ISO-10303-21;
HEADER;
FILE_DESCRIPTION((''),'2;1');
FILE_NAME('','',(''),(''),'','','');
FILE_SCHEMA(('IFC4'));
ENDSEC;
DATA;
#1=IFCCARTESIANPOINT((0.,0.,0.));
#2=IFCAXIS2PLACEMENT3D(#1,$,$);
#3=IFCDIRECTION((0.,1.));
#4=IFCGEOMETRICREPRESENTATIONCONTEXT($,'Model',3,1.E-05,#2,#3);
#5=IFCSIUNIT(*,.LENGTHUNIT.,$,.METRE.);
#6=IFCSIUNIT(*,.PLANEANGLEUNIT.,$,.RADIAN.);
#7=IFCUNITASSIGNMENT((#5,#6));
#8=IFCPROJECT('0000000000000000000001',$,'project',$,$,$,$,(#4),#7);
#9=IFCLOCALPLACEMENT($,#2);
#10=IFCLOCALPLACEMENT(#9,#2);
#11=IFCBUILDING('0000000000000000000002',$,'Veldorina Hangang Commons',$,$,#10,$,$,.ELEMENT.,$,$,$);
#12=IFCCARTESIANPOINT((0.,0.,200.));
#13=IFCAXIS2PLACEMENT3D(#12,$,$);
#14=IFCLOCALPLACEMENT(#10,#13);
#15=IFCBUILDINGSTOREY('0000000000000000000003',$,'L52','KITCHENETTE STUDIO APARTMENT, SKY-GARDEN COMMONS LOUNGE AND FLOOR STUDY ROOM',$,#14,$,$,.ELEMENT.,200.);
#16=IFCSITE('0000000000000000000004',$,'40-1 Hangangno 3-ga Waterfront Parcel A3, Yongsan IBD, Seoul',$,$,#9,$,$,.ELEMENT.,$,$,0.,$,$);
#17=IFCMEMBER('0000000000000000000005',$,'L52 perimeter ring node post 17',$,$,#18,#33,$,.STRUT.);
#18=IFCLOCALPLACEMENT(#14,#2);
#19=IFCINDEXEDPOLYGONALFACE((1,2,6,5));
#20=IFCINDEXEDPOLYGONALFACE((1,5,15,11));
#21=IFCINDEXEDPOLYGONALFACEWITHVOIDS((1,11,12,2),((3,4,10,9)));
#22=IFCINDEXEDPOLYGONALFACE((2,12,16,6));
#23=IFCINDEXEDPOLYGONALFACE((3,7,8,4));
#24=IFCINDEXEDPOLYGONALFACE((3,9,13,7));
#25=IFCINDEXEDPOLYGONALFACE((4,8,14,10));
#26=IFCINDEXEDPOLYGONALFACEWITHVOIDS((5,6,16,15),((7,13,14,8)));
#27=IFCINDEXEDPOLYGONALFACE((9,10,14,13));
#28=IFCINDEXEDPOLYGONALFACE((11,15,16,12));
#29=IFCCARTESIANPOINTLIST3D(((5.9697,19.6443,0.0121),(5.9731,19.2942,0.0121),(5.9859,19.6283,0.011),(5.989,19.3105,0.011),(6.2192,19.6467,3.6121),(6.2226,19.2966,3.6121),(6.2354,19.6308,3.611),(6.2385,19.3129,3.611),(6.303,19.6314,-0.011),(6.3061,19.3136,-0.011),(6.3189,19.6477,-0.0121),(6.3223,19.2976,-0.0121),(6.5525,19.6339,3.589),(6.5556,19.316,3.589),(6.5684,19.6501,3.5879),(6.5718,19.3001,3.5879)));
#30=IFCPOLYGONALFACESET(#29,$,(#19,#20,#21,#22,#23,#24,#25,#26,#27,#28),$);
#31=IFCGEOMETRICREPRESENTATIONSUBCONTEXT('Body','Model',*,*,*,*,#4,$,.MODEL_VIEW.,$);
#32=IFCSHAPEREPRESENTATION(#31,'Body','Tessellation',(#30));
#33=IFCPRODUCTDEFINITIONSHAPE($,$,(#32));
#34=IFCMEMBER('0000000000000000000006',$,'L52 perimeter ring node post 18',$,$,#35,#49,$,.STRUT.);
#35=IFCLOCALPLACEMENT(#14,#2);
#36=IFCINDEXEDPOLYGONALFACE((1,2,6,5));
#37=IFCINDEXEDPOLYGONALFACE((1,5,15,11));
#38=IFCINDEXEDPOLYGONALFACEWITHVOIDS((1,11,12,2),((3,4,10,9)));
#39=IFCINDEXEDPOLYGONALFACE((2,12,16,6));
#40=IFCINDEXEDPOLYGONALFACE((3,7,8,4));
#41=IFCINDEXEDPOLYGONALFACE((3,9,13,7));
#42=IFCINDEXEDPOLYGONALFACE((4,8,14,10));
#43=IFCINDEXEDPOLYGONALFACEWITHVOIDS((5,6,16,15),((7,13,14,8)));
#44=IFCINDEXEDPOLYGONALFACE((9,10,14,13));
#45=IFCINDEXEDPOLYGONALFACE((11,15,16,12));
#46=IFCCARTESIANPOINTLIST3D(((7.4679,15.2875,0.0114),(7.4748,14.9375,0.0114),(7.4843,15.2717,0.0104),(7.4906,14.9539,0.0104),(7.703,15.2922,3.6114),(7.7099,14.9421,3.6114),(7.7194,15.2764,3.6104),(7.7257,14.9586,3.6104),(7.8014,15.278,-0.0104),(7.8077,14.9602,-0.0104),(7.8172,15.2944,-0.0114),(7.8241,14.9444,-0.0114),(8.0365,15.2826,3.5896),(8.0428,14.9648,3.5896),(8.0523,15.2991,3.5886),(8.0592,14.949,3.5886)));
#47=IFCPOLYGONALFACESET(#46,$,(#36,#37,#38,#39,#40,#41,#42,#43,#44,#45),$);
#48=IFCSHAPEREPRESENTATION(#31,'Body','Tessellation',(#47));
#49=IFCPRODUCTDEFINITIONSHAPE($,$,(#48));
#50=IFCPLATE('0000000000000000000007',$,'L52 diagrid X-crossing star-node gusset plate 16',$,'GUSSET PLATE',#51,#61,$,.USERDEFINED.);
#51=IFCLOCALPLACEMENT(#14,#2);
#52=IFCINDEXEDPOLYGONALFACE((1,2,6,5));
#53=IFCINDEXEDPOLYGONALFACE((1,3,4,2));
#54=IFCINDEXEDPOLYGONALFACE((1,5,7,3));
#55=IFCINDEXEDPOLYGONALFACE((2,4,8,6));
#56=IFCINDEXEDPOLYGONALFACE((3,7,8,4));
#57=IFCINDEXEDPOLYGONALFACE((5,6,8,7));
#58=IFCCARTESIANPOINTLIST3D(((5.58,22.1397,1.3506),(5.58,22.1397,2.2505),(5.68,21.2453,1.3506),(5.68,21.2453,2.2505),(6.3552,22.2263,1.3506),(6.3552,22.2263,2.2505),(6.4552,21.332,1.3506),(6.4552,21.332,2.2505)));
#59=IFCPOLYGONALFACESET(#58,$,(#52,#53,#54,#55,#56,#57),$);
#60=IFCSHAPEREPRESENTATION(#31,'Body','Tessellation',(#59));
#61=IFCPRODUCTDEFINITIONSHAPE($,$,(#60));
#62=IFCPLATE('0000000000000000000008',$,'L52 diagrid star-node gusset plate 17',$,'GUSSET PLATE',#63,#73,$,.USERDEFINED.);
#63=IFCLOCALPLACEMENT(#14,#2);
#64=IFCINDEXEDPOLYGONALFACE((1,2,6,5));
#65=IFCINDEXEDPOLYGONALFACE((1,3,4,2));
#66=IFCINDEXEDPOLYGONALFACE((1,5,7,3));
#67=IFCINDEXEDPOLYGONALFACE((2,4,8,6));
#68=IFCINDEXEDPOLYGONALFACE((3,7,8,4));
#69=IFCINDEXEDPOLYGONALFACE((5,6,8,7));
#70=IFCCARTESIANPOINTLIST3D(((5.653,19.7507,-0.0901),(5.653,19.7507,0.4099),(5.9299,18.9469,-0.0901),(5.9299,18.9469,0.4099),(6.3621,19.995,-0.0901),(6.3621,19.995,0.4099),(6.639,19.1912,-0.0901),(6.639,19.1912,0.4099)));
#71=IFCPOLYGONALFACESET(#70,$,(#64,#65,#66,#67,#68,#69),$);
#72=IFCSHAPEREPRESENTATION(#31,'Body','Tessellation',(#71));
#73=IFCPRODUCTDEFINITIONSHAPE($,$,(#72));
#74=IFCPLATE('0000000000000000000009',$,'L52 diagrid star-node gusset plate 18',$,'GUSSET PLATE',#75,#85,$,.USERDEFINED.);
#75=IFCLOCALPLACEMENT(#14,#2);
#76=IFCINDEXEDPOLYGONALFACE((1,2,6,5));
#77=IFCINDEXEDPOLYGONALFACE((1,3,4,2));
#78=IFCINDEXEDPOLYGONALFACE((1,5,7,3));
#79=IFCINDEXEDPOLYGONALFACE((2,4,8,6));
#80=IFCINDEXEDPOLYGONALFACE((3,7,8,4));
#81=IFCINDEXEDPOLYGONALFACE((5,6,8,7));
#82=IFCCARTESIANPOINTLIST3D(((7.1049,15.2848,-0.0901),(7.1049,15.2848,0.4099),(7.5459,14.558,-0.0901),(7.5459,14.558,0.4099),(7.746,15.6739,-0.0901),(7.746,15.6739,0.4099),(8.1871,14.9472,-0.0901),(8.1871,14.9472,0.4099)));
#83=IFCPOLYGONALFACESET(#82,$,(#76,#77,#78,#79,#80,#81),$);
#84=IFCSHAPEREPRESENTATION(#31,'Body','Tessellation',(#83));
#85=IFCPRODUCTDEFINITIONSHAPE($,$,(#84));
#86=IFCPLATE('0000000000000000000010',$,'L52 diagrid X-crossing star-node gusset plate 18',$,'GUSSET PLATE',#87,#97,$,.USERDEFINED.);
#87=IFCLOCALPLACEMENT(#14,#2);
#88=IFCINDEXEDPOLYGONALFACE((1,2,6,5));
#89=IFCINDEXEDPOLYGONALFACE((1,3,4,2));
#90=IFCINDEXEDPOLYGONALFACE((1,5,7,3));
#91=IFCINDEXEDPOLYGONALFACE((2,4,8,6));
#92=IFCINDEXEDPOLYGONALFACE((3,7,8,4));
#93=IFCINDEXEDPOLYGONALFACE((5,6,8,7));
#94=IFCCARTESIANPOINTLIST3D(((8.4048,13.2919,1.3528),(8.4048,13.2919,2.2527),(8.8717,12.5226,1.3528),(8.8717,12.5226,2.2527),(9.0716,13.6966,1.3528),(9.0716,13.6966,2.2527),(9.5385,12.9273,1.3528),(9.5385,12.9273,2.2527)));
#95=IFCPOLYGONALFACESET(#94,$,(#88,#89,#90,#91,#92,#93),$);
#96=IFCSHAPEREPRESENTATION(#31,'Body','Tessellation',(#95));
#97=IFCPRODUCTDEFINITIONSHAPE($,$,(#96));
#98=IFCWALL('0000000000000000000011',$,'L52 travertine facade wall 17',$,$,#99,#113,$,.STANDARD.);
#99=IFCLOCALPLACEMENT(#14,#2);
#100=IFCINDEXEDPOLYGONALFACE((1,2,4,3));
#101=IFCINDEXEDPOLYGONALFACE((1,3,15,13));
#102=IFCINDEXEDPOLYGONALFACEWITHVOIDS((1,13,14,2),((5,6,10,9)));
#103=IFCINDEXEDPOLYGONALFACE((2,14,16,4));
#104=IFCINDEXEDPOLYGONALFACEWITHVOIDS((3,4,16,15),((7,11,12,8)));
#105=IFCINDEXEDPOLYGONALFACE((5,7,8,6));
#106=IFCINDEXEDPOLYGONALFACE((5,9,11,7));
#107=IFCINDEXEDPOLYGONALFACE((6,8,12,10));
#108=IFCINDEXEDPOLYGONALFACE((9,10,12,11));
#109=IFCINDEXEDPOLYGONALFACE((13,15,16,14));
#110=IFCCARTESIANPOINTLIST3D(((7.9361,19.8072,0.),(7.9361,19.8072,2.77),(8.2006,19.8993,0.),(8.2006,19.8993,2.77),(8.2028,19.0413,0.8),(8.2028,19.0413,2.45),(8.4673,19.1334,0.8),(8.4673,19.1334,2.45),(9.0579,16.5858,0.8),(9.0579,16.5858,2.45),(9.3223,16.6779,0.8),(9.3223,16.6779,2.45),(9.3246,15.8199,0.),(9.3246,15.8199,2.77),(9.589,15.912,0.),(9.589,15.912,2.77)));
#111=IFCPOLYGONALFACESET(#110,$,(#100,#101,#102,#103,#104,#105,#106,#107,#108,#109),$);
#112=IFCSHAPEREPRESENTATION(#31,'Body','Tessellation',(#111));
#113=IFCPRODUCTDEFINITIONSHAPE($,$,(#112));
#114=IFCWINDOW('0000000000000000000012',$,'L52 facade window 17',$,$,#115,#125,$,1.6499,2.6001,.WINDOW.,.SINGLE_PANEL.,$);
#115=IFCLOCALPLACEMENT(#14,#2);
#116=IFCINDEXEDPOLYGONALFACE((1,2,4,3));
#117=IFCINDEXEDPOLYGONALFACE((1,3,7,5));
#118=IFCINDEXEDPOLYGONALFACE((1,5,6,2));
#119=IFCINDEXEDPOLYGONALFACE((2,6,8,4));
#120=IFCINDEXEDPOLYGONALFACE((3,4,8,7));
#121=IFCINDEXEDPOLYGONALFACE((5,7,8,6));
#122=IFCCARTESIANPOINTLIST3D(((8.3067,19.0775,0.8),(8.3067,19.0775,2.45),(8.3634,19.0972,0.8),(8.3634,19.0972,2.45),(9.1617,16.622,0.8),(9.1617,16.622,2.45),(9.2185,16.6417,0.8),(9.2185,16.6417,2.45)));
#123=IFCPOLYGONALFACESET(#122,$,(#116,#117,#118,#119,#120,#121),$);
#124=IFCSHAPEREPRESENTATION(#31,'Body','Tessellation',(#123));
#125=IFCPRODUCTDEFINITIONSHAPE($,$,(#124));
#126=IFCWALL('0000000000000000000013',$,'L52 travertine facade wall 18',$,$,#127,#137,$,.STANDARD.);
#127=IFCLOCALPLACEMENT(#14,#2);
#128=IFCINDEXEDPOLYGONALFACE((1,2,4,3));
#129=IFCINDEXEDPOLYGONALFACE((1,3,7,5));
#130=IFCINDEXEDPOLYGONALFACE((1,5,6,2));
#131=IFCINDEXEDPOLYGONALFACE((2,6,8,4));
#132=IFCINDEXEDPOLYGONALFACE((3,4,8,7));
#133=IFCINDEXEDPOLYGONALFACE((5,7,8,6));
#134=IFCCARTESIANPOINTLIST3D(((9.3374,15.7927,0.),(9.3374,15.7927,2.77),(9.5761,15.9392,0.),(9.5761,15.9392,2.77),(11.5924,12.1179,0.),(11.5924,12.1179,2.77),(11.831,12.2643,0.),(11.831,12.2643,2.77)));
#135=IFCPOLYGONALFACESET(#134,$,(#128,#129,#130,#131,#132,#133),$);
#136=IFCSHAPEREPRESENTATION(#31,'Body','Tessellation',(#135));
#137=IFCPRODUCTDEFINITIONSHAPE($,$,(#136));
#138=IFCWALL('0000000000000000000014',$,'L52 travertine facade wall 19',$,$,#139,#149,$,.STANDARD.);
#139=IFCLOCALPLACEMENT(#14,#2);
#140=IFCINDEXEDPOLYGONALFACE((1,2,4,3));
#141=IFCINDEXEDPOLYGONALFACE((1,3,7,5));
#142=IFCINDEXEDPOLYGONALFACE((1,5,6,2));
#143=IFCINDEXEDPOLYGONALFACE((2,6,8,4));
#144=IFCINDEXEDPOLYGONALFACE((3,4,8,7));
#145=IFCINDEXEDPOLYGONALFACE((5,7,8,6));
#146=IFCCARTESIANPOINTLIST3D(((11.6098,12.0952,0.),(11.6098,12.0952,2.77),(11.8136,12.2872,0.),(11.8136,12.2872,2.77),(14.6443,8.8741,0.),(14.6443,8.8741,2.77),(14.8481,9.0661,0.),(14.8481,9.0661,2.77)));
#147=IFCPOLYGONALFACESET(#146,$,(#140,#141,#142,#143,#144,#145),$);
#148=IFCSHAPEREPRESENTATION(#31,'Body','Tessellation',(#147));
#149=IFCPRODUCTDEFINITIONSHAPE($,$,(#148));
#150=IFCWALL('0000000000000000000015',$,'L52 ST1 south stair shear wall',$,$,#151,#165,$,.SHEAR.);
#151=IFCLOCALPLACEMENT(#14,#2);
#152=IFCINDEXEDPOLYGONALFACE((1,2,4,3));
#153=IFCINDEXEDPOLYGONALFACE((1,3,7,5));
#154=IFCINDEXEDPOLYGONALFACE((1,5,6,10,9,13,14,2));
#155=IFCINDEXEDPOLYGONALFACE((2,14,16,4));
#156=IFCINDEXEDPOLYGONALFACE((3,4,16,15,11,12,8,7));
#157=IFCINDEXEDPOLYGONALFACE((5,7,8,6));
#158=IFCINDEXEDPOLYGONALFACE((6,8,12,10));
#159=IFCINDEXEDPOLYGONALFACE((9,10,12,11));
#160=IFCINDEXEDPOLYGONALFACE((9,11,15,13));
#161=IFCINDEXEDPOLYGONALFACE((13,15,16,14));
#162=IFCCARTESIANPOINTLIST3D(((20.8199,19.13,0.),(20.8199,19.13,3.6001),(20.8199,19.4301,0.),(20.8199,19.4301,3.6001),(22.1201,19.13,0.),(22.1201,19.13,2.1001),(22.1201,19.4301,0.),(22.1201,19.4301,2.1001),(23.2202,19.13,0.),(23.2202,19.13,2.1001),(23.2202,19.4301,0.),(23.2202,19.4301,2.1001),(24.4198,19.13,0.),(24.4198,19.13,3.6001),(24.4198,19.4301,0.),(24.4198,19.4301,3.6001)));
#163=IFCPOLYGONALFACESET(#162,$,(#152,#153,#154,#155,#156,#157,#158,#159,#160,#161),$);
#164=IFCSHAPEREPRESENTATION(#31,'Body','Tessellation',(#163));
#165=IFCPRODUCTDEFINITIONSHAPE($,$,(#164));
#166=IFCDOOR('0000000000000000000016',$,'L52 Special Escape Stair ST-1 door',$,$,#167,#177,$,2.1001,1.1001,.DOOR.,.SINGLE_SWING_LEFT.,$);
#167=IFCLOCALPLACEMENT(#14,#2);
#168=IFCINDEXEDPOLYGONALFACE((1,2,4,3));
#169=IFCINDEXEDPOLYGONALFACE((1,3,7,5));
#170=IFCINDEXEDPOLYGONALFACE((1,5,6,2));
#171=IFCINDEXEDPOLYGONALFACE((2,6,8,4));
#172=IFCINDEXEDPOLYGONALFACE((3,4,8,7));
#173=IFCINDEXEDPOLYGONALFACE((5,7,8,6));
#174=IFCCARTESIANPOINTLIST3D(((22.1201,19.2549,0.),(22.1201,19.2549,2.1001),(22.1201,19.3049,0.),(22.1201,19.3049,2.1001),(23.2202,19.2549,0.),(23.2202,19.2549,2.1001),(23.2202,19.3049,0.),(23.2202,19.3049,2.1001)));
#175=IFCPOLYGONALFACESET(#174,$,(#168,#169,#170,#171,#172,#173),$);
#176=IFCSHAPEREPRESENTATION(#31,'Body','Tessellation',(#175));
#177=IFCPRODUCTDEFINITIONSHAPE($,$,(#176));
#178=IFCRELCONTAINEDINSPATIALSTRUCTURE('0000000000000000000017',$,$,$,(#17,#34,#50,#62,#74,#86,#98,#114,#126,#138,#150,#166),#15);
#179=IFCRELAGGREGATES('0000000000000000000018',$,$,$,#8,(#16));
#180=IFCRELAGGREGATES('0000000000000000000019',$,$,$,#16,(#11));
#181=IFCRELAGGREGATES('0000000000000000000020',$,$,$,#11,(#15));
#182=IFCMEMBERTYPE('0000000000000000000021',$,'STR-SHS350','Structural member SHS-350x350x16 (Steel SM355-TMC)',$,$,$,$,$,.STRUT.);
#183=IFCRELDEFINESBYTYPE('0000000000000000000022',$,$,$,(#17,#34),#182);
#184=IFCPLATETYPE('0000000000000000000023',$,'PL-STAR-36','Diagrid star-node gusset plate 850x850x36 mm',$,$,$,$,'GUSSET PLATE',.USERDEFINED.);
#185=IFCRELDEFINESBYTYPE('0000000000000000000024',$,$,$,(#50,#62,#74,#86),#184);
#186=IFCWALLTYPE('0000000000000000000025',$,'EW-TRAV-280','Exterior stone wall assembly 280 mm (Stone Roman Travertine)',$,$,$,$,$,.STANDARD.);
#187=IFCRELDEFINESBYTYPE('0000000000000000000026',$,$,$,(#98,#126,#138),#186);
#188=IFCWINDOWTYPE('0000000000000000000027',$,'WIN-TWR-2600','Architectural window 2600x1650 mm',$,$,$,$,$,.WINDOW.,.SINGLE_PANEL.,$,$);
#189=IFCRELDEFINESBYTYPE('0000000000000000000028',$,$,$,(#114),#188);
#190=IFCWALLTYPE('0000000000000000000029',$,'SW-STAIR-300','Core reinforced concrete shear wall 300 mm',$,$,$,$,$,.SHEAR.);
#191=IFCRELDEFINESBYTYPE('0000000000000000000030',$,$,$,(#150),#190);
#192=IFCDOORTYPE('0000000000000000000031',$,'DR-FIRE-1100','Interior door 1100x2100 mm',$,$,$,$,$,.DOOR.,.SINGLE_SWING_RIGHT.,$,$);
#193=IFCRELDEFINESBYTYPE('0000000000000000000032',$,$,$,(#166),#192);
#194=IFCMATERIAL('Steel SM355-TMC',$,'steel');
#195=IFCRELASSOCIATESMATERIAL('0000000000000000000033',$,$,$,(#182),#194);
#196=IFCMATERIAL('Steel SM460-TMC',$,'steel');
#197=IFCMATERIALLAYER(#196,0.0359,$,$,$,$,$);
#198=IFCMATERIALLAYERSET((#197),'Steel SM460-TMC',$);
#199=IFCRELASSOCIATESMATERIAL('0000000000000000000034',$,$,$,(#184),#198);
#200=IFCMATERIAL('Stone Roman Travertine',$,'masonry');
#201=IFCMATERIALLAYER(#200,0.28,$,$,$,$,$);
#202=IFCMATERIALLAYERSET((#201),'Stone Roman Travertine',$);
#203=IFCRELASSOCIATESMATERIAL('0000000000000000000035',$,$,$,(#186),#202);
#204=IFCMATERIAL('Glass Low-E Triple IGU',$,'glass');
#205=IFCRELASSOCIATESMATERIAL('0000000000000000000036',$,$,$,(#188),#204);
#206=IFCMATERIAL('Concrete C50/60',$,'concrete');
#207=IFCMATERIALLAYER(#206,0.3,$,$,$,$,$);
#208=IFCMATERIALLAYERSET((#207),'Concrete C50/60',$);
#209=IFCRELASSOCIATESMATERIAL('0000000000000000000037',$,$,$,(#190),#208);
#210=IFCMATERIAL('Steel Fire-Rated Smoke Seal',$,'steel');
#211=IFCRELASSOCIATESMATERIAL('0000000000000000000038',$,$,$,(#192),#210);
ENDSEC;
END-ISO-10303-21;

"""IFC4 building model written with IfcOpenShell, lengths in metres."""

from ifc_helpers import new_model, si_unit, direction, frame, frame_2d, origin, origin_2d, place, context, subcontext, project, spatial, rectangle, hollow_rectangle, extrude, material, layer, layer_set, material_profile, profile_set, type_object, element, fill, save


model = new_model("IFC4")

# Units and contexts
model_context = context("Model", 3, precision=1e-05, world=origin(), true_north=direction((0.0, 1.0)))
body_context = subcontext(model_context, "Body", "Model", "MODEL_VIEW")
ifc_project = project(units=[si_unit("LENGTHUNIT", "METRE"), si_unit("PLANEANGLEUNIT", "RADIAN")], contexts=[model_context])

# Site, building, storey
site_placement = place(None, origin())
site = spatial("IfcSite", under=ifc_project, at=site_placement, Name="40-1 Hangangno 3-ga Waterfront Parcel A3, Yongsan IBD, Seoul", CompositionType="ELEMENT", RefElevation=0.0)
building_placement = place(site_placement, origin())
building = spatial("IfcBuilding", under=site, at=building_placement, Name="Veldorina Hangang Commons", CompositionType="ELEMENT")
storey_placement = place(building_placement, frame((0.0, 0.0, 200.0)))
storey = spatial("IfcBuildingStorey", under=building, at=storey_placement, Name="L52", Description="KITCHENETTE STUDIO APARTMENT, SKY-GARDEN COMMONS LOUNGE AND FLOOR STUDY ROOM", CompositionType="ELEMENT", Elevation=200.0)

# Members
ifc_material_1 = material(Name="Steel SM355-TMC", Category="steel")
ifc_material_profile_1 = material_profile(ifc_material_1, hollow_rectangle(XDim=0.3501, YDim=0.3501, WallThickness=0.0161, at=origin_2d()), Name="SHS-350x350x16")
ifc_profile_set_1 = profile_set([ifc_material_profile_1], Name="Steel SM355-TMC")
member_type_1 = type_object("IfcMemberType", Name="STR-SHS350", Description="Structural member SHS-350x350x16 (Steel SM355-TMC)", PredefinedType="STRUT", material=ifc_profile_set_1)
member_1_placement = place(storey_placement, frame((6.146, 19.4709, 0.0), z_axis=(0.069141, 0.000677, 0.997607), x_axis=(-0.009784, 0.999952, 0.0)))
element("IfcMember", 1, at=member_1_placement, inside=storey, type_object=member_type_1, Name="L52 perimeter ring node post 17", PredefinedType="STRUT", context=body_context, shape_type="SweptSolid", body=[
    extrude(hollow_rectangle(XDim=0.3501, YDim=0.3501, WallThickness=0.0161, at=origin_2d()), origin(), (0.0, 0.0, 1.0), 3.6086),
])
member_2_placement = place(storey_placement, frame((7.646, 15.116, 0.0), z_axis=(0.065167, 0.001286, 0.997874), x_axis=(-0.019726, 0.999805, 0.0)))
element("IfcMember", 2, at=member_2_placement, inside=storey, type_object=member_type_1, Name="L52 perimeter ring node post 18", PredefinedType="STRUT", context=body_context, shape_type="SweptSolid", body=[
    extrude(hollow_rectangle(XDim=0.3501, YDim=0.3501, WallThickness=0.0161, at=origin_2d()), origin(), (0.0, 0.0, 1.0), 3.6077),
])

# Plates
ifc_material_2 = material(Name="Steel SM460-TMC", Category="steel")
ifc_layer_1 = layer(ifc_material_2, 0.0359)
ifc_layer_set_1 = layer_set([ifc_layer_1], Name="Steel SM460-TMC")
plate_type = type_object("IfcPlateType", Name="PL-STAR-36", Description="Diagrid star-node gusset plate 850x850x36 mm", ElementType="GUSSET PLATE", PredefinedType="USERDEFINED", material=ifc_layer_set_1)
plate_1_placement = place(storey_placement, frame((6.0176, 21.7358, 1.3506), z_axis=(0.0, 0.0, 1.0), x_axis=(0.111139, -0.993805, 0.0)))
element("IfcPlate", 3, at=plate_1_placement, inside=storey, type_object=plate_type, Name="L52 diagrid X-crossing star-node gusset plate 16", ObjectType="GUSSET PLATE", PredefinedType="USERDEFINED", context=body_context, shape_type="SweptSolid", body=[
    extrude(rectangle(XDim=0.8999, YDim=0.78, at=origin_2d()), origin(), (0.0, 0.0, 1.0), 0.8999),
])
for number, where, z_axis, x_axis, name in (
    (4, (6.146, 19.4709, -0.0901), (0.0, 0.0, 1.0), (0.325684, -0.945479, 0.0), "L52 diagrid star-node gusset plate 17"),
    (5, (7.646, 15.116, -0.0901), (0.0, 0.0, 1.0), (0.518833, -0.854876, 0.0), "L52 diagrid star-node gusset plate 18"),
):
    element("IfcPlate", number, at=place(storey_placement, frame(where, z_axis=z_axis, x_axis=x_axis)), inside=storey, type_object=plate_type, Name=name, ObjectType="GUSSET PLATE", PredefinedType="USERDEFINED", context=body_context, shape_type="SweptSolid", body=[
        extrude(rectangle(XDim=0.8501, YDim=0.75, at=origin_2d()), origin(), (0.0, 0.0, 1.0), 0.5),
    ])
plate_2_placement = place(storey_placement, frame((8.9717, 13.1096, 1.3528), z_axis=(0.0, 0.0, 1.0), x_axis=(0.518833, -0.854876, 0.0)))
element("IfcPlate", 6, at=plate_2_placement, inside=storey, type_object=plate_type, Name="L52 diagrid X-crossing star-node gusset plate 18", ObjectType="GUSSET PLATE", PredefinedType="USERDEFINED", context=body_context, shape_type="SweptSolid", body=[
    extrude(rectangle(XDim=0.8999, YDim=0.78, at=origin_2d()), origin(), (0.0, 0.0, 1.0), 0.8999),
])

# Wall, opening, window
ifc_material_3 = material(Name="Stone Roman Travertine", Category="masonry")
ifc_layer_2 = layer(ifc_material_3, 0.28)
ifc_layer_set_2 = layer_set([ifc_layer_2], Name="Stone Roman Travertine")
wall_type_1 = type_object("IfcWallType", Name="EW-TRAV-280", Description="Exterior stone wall assembly 280 mm (Stone Roman Travertine)", PredefinedType="STANDARD", material=ifc_layer_set_2)
wall_1_placement = place(storey_placement, frame((8.0684, 19.8533, 0.0), z_axis=(0.0, 0.0, 1.0), x_axis=(0.328846, -0.944384, 0.0)))
wall_1 = element("IfcWall", 7, at=wall_1_placement, inside=storey, type_object=wall_type_1, Name="L52 travertine facade wall 17", PredefinedType="STANDARD", context=body_context, shape_type="SweptSolid", body=[
    extrude(rectangle(XDim=4.2222, YDim=0.28, at=frame_2d((2.1111, 0.0))), origin(), (0.0, 0.0, 1.0), 2.77),
])
opening_1_placement = place(wall_1_placement, frame((0.811, 0.0, 0.8)))
opening_1 = element("IfcOpeningElement", 8, at=opening_1_placement, cuts=wall_1, PredefinedType="OPENING", context=body_context, shape_type="SweptSolid", body=[
    extrude(rectangle(XDim=2.6001, YDim=1.6499, at=frame_2d((1.3, 0.825))), frame((0.0, 0.1499, 0.0), z_axis=(0.0, -1.0, 0.0), x_axis=(1.0, 0.0, 0.0)), (0.0, 0.0, 1.0), 0.3),
])
ifc_material_4 = material(Name="Glass Low-E Triple IGU", Category="glass")
window_type = type_object("IfcWindowType", Name="WIN-TWR-2600", Description="Architectural window 2600x1650 mm", PartitioningType="SINGLE_PANEL", PredefinedType="WINDOW", material=ifc_material_4)
window_placement = place(opening_1_placement, origin())
window = element("IfcWindow", 9, at=window_placement, inside=storey, type_object=window_type, Name="L52 facade window 17", OverallHeight=1.6499, OverallWidth=2.6001, PartitioningType="SINGLE_PANEL", PredefinedType="WINDOW", context=body_context, shape_type="SweptSolid", body=[
    extrude(rectangle(XDim=2.6001, YDim=1.6499, at=frame_2d((1.3, 0.825))), frame((0.0, 0.03, 0.0), z_axis=(0.0, -1.0, 0.0), x_axis=(1.0, 0.0, 0.0)), (0.0, 0.0, 1.0), 0.0601),
])
fill(opening_1, window)

# Walls
wall_2_placement = place(storey_placement, frame((9.4568, 15.866, 0.0), z_axis=(0.0, 0.0, 1.0), x_axis=(0.522998, -0.852334, 0.0)))
element("IfcWall", 10, at=wall_2_placement, inside=storey, type_object=wall_type_1, Name="L52 travertine facade wall 18", PredefinedType="STANDARD", context=body_context, shape_type="SweptSolid", body=[
    extrude(rectangle(XDim=4.3115, YDim=0.28, at=frame_2d((2.1558, 0.0))), origin(), (0.0, 0.0, 1.0), 2.77),
])
wall_3_placement = place(storey_placement, frame((11.7117, 12.1912, 0.0), z_axis=(0.0, 0.0, 1.0), x_axis=(0.685717, -0.727868, 0.0)))
element("IfcWall", 11, at=wall_3_placement, inside=storey, type_object=wall_type_1, Name="L52 travertine facade wall 19", PredefinedType="STANDARD", context=body_context, shape_type="SweptSolid", body=[
    extrude(rectangle(XDim=4.4253, YDim=0.28, at=frame_2d((2.2126, 0.0))), origin(), (0.0, 0.0, 1.0), 2.77),
])

# Wall, opening, door
ifc_material_5 = material(Name="Concrete C50/60", Category="concrete")
ifc_layer_3 = layer(ifc_material_5, 0.3)
ifc_layer_set_3 = layer_set([ifc_layer_3], Name="Concrete C50/60")
wall_type_2 = type_object("IfcWallType", Name="SW-STAIR-300", Description="Core reinforced concrete shear wall 300 mm", PredefinedType="SHEAR", material=ifc_layer_set_3)
wall_4_placement = place(storey_placement, frame((20.8201, 19.28, 0.0), z_axis=(0.0, 0.0, 1.0), x_axis=(1.0, 0.0, 0.0)))
wall_4 = element("IfcWall", 12, at=wall_4_placement, inside=storey, type_object=wall_type_2, Name="L52 ST1 south stair shear wall", PredefinedType="SHEAR", context=body_context, shape_type="SweptSolid", body=[
    extrude(rectangle(XDim=3.5999, YDim=0.3, at=frame_2d((1.7998, 0.0))), origin(), (0.0, 0.0, 1.0), 3.6001),
])
opening_2_placement = place(wall_4_placement, frame((1.3, 0.0, 0.0)))
opening_2 = element("IfcOpeningElement", 13, at=opening_2_placement, cuts=wall_4, PredefinedType="OPENING", context=body_context, shape_type="SweptSolid", body=[
    extrude(rectangle(XDim=1.1001, YDim=2.1001, at=frame_2d((0.55, 1.05))), frame((0.0, 0.1602, 0.0), z_axis=(0.0, -1.0, 0.0), x_axis=(1.0, 0.0, 0.0)), (0.0, 0.0, 1.0), 0.3201),
])
ifc_material_6 = material(Name="Steel Fire-Rated Smoke Seal", Category="steel")
door_type_1 = type_object("IfcDoorType", Name="DR-FIRE-1100", Description="Interior door 1100x2100 mm", OperationType="SINGLE_SWING_RIGHT", PredefinedType="DOOR", material=ifc_material_6)
door_1_placement = place(opening_2_placement, origin())
door_1 = element("IfcDoor", 14, at=door_1_placement, inside=storey, type_object=door_type_1, Name="L52 Special Escape Stair ST-1 door", OperationType="SINGLE_SWING_LEFT", OverallHeight=2.1001, OverallWidth=1.1001, PredefinedType="DOOR", context=body_context, shape_type="SweptSolid", body=[
    extrude(rectangle(XDim=1.1001, YDim=2.1001, at=frame_2d((0.55, 1.05))), frame((0.0, 0.0249, 0.0), z_axis=(0.0, -1.0, 0.0), x_axis=(1.0, 0.0, 0.0)), (0.0, 0.0, 1.0), 0.05),
])
fill(opening_2, door_1)

save(model, "model.ifc")
